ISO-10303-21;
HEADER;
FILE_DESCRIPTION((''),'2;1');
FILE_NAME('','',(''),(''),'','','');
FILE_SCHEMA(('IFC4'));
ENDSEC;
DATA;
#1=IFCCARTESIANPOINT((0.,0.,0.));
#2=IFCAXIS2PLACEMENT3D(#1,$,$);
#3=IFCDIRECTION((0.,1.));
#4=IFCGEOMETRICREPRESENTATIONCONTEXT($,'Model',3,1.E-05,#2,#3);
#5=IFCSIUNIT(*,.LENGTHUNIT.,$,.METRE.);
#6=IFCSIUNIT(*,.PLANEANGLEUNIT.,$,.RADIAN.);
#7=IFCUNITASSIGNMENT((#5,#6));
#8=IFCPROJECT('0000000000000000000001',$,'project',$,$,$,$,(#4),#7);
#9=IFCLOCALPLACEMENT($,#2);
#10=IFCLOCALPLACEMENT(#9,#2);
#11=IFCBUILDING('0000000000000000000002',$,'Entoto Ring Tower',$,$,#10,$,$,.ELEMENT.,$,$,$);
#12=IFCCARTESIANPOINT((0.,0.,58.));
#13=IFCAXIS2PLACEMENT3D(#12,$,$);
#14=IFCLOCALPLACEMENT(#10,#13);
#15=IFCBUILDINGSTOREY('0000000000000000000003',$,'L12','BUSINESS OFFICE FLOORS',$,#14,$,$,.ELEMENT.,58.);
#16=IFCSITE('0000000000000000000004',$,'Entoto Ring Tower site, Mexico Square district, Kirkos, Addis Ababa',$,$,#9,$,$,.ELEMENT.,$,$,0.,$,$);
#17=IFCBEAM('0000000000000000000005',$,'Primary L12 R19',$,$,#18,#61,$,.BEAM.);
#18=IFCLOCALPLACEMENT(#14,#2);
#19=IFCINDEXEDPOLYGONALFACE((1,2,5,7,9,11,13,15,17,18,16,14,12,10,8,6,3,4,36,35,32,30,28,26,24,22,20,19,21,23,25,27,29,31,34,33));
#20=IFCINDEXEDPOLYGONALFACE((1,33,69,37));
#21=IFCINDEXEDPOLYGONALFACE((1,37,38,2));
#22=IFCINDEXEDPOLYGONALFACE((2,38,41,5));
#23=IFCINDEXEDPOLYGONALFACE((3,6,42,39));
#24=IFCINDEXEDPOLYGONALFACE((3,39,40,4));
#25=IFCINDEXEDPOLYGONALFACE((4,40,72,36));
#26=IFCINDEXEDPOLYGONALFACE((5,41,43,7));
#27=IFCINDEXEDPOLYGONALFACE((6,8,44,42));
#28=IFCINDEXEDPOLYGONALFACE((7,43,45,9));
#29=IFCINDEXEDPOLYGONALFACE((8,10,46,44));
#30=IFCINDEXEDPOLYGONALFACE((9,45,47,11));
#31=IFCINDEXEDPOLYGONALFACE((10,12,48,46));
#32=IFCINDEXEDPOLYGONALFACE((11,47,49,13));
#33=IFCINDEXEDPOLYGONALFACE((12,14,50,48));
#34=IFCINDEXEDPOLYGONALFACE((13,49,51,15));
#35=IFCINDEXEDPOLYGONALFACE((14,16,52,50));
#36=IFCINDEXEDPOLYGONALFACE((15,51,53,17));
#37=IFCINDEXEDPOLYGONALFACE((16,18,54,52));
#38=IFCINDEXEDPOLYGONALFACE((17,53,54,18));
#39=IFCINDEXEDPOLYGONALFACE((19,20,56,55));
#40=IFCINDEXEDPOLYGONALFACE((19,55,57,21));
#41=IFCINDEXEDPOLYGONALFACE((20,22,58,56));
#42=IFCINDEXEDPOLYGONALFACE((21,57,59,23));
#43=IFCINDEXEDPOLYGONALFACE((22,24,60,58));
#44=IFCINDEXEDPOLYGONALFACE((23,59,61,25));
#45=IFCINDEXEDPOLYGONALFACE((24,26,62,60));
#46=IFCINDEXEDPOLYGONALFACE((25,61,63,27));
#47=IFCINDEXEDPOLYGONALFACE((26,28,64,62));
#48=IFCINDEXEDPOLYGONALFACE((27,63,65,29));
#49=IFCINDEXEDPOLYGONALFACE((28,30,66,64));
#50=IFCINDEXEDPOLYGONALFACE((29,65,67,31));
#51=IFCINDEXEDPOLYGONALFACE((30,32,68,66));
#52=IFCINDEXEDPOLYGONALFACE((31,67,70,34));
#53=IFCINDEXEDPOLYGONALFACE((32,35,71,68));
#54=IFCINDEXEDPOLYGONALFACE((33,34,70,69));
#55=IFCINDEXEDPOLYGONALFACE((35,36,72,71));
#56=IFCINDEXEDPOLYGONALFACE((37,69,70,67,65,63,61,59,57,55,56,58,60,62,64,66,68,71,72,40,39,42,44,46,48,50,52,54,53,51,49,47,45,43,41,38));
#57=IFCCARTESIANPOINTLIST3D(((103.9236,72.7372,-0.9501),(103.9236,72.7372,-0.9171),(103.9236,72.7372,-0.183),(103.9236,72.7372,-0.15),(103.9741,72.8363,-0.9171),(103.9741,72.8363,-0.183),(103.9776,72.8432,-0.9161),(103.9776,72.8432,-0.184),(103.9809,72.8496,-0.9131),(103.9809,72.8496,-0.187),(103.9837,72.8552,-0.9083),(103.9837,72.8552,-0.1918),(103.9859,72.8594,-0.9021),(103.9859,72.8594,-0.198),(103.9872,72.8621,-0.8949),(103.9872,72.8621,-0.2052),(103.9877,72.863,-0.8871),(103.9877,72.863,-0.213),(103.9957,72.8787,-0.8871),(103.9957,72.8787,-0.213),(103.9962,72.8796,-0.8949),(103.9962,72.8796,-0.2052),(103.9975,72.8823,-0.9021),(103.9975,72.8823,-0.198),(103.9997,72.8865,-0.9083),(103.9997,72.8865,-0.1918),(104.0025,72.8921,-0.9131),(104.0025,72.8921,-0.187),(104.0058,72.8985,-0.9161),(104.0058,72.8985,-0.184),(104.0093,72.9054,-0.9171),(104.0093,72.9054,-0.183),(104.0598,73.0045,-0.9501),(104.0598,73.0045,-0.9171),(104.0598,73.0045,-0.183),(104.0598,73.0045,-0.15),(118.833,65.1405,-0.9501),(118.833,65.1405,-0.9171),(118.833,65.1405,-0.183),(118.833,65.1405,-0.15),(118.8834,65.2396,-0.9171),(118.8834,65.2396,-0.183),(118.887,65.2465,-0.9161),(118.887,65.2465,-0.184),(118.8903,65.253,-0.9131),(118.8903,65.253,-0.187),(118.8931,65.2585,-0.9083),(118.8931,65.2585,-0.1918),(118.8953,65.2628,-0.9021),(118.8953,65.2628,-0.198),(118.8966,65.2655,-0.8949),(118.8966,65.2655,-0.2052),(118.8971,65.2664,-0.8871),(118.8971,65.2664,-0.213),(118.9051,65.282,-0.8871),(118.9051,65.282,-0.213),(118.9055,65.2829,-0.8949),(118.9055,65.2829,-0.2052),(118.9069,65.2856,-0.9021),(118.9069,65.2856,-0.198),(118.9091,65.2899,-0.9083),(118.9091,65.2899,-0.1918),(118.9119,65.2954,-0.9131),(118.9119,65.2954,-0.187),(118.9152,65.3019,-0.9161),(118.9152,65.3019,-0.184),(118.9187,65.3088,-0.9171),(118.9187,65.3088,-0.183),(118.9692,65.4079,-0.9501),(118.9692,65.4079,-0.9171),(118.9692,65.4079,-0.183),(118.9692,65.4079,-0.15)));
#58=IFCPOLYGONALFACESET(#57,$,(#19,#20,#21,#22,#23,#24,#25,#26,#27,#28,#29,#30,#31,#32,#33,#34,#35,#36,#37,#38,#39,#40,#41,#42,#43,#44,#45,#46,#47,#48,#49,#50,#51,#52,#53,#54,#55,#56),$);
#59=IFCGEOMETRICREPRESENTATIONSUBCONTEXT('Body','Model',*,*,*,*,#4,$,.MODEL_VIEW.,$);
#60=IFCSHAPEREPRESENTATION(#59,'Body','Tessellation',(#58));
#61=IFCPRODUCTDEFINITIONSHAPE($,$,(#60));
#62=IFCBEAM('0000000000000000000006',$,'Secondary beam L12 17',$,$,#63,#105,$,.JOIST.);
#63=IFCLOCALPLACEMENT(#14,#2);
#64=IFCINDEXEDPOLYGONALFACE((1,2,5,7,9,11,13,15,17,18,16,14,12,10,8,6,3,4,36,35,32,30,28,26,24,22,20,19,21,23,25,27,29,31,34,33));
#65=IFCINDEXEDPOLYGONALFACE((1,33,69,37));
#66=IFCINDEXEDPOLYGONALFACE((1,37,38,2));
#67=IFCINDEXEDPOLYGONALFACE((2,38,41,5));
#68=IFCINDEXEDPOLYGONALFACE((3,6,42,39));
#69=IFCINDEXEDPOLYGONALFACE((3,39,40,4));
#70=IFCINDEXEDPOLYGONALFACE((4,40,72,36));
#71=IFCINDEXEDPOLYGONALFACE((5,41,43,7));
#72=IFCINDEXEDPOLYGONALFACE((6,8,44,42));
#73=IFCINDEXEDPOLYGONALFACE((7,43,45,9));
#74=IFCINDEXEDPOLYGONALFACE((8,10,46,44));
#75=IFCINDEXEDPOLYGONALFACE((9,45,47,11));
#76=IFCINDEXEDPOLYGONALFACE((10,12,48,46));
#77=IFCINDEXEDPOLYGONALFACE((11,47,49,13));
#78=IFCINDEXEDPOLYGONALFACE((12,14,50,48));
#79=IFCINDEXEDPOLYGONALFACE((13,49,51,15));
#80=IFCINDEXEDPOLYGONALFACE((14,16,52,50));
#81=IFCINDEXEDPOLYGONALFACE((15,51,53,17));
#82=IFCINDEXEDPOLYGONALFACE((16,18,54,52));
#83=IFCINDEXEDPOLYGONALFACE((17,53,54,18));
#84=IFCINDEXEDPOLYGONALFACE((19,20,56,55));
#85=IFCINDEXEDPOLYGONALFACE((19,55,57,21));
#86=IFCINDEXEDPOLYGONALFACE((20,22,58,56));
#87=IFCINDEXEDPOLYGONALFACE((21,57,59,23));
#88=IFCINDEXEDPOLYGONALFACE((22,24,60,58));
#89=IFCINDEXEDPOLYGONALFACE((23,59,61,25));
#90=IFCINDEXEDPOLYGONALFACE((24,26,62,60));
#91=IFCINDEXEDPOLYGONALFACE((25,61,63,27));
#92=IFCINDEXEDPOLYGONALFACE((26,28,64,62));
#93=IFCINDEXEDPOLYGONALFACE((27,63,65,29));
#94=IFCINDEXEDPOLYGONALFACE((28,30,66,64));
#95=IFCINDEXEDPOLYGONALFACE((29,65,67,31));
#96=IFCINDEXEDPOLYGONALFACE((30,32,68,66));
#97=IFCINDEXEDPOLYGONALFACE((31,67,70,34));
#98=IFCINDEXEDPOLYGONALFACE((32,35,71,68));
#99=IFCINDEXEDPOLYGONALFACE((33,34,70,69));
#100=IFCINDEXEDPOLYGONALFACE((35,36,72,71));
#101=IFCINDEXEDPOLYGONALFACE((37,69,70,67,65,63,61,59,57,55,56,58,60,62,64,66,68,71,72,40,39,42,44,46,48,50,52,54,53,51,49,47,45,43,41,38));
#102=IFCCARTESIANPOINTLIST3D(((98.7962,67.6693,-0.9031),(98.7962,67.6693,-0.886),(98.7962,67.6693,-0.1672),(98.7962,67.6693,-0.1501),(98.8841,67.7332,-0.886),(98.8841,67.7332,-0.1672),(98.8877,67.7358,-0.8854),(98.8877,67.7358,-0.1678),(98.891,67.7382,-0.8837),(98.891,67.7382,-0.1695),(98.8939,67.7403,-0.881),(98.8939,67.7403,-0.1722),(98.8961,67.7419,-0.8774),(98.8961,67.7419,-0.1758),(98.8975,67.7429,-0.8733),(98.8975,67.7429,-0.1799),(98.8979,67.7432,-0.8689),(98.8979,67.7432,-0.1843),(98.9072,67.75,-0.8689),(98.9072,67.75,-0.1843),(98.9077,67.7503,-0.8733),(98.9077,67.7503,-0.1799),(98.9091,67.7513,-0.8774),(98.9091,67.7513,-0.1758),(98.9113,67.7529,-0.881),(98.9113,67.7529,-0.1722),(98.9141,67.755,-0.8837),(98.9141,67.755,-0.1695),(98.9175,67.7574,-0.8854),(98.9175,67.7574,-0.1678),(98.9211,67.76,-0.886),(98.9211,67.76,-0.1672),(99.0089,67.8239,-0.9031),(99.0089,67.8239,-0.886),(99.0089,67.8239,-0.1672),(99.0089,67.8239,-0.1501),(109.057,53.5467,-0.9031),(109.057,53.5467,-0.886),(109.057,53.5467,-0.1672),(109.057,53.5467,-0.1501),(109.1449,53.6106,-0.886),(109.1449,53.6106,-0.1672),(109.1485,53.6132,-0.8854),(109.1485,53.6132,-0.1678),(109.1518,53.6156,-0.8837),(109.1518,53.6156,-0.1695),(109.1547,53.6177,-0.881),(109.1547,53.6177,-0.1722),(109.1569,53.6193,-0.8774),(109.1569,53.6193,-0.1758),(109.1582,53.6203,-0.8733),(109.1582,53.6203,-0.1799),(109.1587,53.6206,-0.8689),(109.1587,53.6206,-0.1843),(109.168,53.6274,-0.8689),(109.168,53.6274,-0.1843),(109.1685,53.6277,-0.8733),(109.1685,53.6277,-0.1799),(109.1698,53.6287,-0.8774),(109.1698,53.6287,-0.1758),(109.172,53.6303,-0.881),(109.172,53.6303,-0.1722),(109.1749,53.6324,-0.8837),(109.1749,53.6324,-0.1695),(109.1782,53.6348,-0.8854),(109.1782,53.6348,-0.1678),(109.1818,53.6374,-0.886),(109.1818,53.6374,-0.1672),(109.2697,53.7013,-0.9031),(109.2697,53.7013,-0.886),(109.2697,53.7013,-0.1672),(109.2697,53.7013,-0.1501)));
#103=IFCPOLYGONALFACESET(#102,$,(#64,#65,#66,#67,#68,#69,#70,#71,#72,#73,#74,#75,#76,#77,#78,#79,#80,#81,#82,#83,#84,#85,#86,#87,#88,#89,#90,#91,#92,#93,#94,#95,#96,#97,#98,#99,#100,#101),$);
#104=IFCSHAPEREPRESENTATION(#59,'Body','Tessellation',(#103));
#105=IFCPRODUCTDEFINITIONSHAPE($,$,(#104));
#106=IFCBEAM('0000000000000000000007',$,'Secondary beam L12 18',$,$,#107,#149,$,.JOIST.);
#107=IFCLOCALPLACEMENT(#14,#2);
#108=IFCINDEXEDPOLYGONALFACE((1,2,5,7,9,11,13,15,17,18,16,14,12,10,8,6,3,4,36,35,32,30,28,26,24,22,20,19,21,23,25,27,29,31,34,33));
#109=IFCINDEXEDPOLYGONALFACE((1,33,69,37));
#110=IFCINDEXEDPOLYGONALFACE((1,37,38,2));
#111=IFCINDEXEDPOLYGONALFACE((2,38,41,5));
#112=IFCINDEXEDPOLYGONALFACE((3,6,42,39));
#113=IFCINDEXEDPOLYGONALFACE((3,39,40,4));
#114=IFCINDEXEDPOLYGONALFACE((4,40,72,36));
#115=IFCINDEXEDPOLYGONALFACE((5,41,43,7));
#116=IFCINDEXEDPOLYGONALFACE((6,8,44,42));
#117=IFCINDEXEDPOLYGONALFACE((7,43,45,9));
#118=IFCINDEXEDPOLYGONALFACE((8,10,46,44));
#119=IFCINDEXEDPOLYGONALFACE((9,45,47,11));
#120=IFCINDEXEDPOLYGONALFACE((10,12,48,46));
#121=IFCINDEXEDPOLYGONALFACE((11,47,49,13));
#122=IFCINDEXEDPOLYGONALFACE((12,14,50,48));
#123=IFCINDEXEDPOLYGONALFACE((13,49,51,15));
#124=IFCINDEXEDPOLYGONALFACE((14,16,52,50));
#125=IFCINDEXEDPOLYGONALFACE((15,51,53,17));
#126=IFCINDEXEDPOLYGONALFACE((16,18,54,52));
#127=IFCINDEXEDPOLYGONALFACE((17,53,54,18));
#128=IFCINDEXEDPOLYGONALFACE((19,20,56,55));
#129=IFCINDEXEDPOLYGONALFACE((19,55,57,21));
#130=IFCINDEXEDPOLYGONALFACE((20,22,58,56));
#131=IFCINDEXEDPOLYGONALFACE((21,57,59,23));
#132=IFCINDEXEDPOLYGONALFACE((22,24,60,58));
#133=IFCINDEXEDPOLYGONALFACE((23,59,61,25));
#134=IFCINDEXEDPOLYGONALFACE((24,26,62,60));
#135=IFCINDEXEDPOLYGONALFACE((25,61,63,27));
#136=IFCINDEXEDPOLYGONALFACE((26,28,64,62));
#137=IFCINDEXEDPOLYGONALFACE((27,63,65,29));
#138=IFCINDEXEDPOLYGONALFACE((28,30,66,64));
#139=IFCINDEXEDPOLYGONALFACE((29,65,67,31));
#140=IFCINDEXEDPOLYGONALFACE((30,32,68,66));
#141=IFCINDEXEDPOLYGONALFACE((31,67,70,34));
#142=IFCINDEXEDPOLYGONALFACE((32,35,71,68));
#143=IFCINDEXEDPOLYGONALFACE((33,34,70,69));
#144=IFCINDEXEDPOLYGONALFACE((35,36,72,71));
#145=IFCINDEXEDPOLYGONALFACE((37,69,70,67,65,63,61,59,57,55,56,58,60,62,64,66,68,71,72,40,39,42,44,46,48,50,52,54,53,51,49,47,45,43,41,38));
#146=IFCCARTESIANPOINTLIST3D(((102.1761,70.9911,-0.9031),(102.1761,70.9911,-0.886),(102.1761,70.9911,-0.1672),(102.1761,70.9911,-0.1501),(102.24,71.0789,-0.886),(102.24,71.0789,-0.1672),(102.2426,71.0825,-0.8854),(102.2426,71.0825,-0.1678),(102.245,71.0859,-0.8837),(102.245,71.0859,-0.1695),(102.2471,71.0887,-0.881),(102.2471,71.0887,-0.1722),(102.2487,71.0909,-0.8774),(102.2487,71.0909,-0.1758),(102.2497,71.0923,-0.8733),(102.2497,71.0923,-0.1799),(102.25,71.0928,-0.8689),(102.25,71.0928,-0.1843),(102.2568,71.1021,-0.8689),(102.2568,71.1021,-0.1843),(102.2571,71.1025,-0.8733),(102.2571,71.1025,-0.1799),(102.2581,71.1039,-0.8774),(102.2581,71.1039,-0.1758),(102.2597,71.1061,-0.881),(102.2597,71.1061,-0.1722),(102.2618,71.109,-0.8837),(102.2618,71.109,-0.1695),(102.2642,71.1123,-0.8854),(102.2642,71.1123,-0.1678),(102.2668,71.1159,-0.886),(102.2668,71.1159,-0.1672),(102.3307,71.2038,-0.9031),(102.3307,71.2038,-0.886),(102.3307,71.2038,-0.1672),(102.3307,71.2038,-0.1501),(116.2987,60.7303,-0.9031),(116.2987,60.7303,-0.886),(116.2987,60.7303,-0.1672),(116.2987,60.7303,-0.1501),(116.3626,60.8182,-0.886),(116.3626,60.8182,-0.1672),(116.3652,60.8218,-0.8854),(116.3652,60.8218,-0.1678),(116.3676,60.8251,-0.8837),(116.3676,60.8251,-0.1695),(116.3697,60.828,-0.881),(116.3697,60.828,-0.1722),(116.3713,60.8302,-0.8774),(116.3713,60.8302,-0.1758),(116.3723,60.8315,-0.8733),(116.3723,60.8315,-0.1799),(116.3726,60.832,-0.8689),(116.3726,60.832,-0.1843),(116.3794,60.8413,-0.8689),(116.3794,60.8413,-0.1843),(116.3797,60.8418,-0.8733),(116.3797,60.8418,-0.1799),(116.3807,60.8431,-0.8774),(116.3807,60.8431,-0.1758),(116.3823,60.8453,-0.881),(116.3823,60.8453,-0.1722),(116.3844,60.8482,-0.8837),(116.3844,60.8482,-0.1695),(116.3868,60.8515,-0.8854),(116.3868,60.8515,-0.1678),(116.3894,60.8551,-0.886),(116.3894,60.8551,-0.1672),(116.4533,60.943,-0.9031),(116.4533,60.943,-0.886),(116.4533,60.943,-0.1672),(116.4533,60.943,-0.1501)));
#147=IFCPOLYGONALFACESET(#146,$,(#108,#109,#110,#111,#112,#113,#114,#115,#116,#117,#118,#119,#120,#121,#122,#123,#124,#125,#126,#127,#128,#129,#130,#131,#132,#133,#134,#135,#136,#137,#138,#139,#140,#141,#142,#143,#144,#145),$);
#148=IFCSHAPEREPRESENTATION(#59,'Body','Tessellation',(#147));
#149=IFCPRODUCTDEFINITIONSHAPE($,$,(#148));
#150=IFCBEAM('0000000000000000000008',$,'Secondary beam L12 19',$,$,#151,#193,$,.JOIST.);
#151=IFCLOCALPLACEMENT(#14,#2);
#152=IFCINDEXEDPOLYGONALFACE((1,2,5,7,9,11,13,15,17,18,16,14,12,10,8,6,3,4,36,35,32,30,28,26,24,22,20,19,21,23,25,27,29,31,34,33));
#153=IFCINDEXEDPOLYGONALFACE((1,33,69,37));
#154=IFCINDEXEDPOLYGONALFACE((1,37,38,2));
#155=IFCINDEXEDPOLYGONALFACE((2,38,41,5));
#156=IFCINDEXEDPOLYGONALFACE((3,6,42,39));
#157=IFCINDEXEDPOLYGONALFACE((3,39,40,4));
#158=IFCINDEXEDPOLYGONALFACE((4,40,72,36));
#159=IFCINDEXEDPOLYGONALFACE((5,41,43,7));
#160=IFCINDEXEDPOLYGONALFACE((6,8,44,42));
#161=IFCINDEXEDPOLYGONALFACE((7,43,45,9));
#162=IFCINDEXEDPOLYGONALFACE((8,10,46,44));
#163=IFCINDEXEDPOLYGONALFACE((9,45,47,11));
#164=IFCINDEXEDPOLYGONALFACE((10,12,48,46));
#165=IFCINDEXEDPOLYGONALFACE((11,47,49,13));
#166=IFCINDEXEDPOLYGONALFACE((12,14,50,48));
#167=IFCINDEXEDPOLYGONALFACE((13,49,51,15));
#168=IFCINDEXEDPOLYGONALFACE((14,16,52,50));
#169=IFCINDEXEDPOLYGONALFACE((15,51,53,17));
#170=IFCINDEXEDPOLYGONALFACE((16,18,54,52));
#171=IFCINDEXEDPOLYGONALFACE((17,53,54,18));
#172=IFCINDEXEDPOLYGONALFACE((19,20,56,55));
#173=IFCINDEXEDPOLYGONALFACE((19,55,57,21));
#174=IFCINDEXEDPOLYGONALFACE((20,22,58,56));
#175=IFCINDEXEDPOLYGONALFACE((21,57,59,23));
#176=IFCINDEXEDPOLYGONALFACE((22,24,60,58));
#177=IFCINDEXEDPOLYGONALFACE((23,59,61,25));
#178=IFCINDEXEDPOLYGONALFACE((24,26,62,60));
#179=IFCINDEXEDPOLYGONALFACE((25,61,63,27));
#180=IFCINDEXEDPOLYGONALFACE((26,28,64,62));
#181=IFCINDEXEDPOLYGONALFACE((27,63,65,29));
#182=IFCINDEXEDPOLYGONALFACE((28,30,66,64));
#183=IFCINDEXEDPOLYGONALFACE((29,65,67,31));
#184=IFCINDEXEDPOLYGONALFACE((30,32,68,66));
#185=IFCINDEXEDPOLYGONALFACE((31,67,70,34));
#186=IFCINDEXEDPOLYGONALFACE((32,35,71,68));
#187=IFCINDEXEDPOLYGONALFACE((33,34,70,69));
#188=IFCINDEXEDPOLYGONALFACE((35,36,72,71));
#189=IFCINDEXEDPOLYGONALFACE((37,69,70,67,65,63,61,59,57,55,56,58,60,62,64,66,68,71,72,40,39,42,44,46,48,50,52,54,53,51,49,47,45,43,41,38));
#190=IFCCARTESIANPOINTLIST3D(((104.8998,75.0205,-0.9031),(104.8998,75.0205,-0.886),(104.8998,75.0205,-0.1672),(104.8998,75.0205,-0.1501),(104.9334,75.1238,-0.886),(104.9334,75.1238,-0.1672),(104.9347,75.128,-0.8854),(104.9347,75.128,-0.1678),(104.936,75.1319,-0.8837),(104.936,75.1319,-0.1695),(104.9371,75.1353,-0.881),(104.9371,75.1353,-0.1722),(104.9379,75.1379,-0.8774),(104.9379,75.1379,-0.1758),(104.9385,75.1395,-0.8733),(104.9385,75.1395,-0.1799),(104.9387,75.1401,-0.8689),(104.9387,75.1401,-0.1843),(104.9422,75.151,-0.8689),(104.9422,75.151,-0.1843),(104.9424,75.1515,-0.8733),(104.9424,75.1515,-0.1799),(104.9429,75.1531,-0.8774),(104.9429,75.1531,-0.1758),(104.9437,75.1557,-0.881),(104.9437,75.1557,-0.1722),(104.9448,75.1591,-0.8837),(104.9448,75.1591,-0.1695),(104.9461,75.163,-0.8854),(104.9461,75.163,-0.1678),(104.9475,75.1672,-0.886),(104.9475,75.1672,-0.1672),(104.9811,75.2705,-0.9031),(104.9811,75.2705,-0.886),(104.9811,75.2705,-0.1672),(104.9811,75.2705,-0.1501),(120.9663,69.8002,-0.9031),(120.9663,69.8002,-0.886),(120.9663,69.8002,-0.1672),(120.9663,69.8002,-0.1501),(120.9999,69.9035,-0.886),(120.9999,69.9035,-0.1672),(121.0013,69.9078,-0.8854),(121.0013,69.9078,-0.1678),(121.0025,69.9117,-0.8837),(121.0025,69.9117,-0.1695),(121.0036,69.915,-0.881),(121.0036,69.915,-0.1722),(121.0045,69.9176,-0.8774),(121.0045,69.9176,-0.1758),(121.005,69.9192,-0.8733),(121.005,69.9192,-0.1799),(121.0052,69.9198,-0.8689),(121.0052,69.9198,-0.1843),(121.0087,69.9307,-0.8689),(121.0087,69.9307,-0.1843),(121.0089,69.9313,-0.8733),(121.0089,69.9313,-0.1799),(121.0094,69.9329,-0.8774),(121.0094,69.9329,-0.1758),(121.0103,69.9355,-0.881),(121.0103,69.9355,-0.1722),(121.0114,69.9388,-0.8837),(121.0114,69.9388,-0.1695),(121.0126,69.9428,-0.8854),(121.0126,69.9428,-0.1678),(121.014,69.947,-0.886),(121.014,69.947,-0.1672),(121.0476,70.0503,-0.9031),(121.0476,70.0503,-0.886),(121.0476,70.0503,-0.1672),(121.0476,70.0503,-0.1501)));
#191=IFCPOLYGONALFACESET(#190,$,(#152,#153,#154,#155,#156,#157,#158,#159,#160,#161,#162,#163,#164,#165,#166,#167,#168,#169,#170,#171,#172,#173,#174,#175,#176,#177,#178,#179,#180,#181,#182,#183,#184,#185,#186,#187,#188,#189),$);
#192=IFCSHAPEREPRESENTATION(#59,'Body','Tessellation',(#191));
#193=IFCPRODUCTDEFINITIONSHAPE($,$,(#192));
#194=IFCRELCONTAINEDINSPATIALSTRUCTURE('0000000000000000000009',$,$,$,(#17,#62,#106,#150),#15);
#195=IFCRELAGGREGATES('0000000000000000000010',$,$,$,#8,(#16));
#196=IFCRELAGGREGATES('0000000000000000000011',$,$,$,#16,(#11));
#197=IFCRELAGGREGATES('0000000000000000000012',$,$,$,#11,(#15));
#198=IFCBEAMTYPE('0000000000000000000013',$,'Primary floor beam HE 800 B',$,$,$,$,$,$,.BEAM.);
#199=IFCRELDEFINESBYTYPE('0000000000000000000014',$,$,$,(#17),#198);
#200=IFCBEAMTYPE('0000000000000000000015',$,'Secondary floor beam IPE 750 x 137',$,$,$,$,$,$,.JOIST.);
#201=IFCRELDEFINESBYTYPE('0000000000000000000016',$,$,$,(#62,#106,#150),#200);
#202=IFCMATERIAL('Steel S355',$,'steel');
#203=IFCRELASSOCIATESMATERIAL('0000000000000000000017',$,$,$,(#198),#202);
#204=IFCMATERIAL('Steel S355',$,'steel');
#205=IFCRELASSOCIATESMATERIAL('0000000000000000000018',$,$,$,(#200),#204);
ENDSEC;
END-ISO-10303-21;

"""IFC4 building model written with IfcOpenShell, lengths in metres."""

from ifc_helpers import new_model, si_unit, direction, frame, origin, origin_2d, place, context, subcontext, project, spatial, i_section, extrude, material, material_profile, profile_set, type_object, element, save


model = new_model("IFC4")

# Units and contexts
model_context = context("Model", 3, precision=1e-05, world=origin(), true_north=direction((0.0, 1.0)))
body_context = subcontext(model_context, "Body", "Model", "MODEL_VIEW")
ifc_project = project(units=[si_unit("LENGTHUNIT", "METRE"), si_unit("PLANEANGLEUNIT", "RADIAN")], contexts=[model_context])

# Site, building, storey
site_placement = place(None, origin())
site = spatial("IfcSite", under=ifc_project, at=site_placement, Name="Entoto Ring Tower site, Mexico Square district, Kirkos, Addis Ababa", CompositionType="ELEMENT", RefElevation=0.0)
building_placement = place(site_placement, origin())
building = spatial("IfcBuilding", under=site, at=building_placement, Name="Entoto Ring Tower", CompositionType="ELEMENT")
storey_placement = place(building_placement, frame((0.0, 0.0, 58.0)))
storey = spatial("IfcBuildingStorey", under=building, at=storey_placement, Name="L12", Description="BUSINESS OFFICE FLOORS", CompositionType="ELEMENT", Elevation=58.0)

# Beams
ifc_material_1 = material(Name="Steel S355", Category="steel")
ifc_material_profile_1 = material_profile(ifc_material_1, i_section(OverallWidth=0.3, OverallDepth=0.8, WebThickness=0.0176, FlangeThickness=0.033, FilletRadius=0.03, at=origin_2d()), Name="HE 800 B")
ifc_profile_set_1 = profile_set([ifc_material_profile_1], Name="Steel S355")
beam_type_1 = type_object("IfcBeamType", Name="Primary floor beam HE 800 B", PredefinedType="BEAM", material=ifc_profile_set_1)
beam_1_placement = place(storey_placement, frame((103.9917, 72.8708, -0.55), z_axis=(0.891008, -0.453988, 0.0), x_axis=(0.453988, 0.891008, 0.0)))
element("IfcBeam", 1, at=beam_1_placement, inside=storey, type_object=beam_type_1, Name="Primary L12 R19", PredefinedType="BEAM", context=body_context, shape_type="SweptSolid", body=[
    extrude(i_section(OverallWidth=0.3, OverallDepth=0.8, WebThickness=0.0176, FlangeThickness=0.033, FilletRadius=0.03, at=origin_2d()), origin(), (0.0, 0.0, 1.0), 16.7332),
])
ifc_material_2 = material(Name="Steel S355", Category="steel")
ifc_material_profile_2 = material_profile(ifc_material_2, i_section(OverallWidth=0.2629, OverallDepth=0.7529, WebThickness=0.0115, FlangeThickness=0.0171, FilletRadius=0.0171, at=origin_2d()), Name="IPE 750 x 137")
ifc_profile_set_2 = profile_set([ifc_material_profile_2], Name="Steel S355")
beam_type_2 = type_object("IfcBeamType", Name="Secondary floor beam IPE 750 x 137", PredefinedType="JOIST", material=ifc_profile_set_2)
for number, where, z_axis, x_axis, name in (
    (2, (98.9026, 67.7466, -0.5266), (0.587789, -0.809014, 0.0), (0.809014, 0.587789, 0.0), "Secondary beam L12 17"),
    (3, (102.2534, 71.0974, -0.5266), (0.809014, -0.587789, 0.0), (0.587789, 0.809014, 0.0), "Secondary beam L12 18"),
):
    element("IfcBeam", number, at=place(storey_placement, frame(where, z_axis=z_axis, x_axis=x_axis)), inside=storey, type_object=beam_type_2, Name=name, PredefinedType="JOIST", context=body_context, shape_type="SweptSolid", body=[
        extrude(i_section(OverallWidth=0.2629, OverallDepth=0.7529, WebThickness=0.0115, FlangeThickness=0.0171, FilletRadius=0.0171, at=origin_2d()), origin(), (0.0, 0.0, 1.0), 17.4565),
    ])
beam_2_placement = place(storey_placement, frame((104.9404, 75.1455, -0.5266), z_axis=(0.951058, -0.309013, 0.0), x_axis=(0.309013, 0.951058, 0.0)))
element("IfcBeam", 4, at=beam_2_placement, inside=storey, type_object=beam_type_2, Name="Secondary beam L12 19", PredefinedType="JOIST", context=body_context, shape_type="SweptSolid", body=[
    extrude(i_section(OverallWidth=0.2629, OverallDepth=0.7529, WebThickness=0.0115, FlangeThickness=0.0171, FilletRadius=0.0171, at=origin_2d()), origin(), (0.0, 0.0, 1.0), 16.8933),
])

save(model, "model.ifc")
